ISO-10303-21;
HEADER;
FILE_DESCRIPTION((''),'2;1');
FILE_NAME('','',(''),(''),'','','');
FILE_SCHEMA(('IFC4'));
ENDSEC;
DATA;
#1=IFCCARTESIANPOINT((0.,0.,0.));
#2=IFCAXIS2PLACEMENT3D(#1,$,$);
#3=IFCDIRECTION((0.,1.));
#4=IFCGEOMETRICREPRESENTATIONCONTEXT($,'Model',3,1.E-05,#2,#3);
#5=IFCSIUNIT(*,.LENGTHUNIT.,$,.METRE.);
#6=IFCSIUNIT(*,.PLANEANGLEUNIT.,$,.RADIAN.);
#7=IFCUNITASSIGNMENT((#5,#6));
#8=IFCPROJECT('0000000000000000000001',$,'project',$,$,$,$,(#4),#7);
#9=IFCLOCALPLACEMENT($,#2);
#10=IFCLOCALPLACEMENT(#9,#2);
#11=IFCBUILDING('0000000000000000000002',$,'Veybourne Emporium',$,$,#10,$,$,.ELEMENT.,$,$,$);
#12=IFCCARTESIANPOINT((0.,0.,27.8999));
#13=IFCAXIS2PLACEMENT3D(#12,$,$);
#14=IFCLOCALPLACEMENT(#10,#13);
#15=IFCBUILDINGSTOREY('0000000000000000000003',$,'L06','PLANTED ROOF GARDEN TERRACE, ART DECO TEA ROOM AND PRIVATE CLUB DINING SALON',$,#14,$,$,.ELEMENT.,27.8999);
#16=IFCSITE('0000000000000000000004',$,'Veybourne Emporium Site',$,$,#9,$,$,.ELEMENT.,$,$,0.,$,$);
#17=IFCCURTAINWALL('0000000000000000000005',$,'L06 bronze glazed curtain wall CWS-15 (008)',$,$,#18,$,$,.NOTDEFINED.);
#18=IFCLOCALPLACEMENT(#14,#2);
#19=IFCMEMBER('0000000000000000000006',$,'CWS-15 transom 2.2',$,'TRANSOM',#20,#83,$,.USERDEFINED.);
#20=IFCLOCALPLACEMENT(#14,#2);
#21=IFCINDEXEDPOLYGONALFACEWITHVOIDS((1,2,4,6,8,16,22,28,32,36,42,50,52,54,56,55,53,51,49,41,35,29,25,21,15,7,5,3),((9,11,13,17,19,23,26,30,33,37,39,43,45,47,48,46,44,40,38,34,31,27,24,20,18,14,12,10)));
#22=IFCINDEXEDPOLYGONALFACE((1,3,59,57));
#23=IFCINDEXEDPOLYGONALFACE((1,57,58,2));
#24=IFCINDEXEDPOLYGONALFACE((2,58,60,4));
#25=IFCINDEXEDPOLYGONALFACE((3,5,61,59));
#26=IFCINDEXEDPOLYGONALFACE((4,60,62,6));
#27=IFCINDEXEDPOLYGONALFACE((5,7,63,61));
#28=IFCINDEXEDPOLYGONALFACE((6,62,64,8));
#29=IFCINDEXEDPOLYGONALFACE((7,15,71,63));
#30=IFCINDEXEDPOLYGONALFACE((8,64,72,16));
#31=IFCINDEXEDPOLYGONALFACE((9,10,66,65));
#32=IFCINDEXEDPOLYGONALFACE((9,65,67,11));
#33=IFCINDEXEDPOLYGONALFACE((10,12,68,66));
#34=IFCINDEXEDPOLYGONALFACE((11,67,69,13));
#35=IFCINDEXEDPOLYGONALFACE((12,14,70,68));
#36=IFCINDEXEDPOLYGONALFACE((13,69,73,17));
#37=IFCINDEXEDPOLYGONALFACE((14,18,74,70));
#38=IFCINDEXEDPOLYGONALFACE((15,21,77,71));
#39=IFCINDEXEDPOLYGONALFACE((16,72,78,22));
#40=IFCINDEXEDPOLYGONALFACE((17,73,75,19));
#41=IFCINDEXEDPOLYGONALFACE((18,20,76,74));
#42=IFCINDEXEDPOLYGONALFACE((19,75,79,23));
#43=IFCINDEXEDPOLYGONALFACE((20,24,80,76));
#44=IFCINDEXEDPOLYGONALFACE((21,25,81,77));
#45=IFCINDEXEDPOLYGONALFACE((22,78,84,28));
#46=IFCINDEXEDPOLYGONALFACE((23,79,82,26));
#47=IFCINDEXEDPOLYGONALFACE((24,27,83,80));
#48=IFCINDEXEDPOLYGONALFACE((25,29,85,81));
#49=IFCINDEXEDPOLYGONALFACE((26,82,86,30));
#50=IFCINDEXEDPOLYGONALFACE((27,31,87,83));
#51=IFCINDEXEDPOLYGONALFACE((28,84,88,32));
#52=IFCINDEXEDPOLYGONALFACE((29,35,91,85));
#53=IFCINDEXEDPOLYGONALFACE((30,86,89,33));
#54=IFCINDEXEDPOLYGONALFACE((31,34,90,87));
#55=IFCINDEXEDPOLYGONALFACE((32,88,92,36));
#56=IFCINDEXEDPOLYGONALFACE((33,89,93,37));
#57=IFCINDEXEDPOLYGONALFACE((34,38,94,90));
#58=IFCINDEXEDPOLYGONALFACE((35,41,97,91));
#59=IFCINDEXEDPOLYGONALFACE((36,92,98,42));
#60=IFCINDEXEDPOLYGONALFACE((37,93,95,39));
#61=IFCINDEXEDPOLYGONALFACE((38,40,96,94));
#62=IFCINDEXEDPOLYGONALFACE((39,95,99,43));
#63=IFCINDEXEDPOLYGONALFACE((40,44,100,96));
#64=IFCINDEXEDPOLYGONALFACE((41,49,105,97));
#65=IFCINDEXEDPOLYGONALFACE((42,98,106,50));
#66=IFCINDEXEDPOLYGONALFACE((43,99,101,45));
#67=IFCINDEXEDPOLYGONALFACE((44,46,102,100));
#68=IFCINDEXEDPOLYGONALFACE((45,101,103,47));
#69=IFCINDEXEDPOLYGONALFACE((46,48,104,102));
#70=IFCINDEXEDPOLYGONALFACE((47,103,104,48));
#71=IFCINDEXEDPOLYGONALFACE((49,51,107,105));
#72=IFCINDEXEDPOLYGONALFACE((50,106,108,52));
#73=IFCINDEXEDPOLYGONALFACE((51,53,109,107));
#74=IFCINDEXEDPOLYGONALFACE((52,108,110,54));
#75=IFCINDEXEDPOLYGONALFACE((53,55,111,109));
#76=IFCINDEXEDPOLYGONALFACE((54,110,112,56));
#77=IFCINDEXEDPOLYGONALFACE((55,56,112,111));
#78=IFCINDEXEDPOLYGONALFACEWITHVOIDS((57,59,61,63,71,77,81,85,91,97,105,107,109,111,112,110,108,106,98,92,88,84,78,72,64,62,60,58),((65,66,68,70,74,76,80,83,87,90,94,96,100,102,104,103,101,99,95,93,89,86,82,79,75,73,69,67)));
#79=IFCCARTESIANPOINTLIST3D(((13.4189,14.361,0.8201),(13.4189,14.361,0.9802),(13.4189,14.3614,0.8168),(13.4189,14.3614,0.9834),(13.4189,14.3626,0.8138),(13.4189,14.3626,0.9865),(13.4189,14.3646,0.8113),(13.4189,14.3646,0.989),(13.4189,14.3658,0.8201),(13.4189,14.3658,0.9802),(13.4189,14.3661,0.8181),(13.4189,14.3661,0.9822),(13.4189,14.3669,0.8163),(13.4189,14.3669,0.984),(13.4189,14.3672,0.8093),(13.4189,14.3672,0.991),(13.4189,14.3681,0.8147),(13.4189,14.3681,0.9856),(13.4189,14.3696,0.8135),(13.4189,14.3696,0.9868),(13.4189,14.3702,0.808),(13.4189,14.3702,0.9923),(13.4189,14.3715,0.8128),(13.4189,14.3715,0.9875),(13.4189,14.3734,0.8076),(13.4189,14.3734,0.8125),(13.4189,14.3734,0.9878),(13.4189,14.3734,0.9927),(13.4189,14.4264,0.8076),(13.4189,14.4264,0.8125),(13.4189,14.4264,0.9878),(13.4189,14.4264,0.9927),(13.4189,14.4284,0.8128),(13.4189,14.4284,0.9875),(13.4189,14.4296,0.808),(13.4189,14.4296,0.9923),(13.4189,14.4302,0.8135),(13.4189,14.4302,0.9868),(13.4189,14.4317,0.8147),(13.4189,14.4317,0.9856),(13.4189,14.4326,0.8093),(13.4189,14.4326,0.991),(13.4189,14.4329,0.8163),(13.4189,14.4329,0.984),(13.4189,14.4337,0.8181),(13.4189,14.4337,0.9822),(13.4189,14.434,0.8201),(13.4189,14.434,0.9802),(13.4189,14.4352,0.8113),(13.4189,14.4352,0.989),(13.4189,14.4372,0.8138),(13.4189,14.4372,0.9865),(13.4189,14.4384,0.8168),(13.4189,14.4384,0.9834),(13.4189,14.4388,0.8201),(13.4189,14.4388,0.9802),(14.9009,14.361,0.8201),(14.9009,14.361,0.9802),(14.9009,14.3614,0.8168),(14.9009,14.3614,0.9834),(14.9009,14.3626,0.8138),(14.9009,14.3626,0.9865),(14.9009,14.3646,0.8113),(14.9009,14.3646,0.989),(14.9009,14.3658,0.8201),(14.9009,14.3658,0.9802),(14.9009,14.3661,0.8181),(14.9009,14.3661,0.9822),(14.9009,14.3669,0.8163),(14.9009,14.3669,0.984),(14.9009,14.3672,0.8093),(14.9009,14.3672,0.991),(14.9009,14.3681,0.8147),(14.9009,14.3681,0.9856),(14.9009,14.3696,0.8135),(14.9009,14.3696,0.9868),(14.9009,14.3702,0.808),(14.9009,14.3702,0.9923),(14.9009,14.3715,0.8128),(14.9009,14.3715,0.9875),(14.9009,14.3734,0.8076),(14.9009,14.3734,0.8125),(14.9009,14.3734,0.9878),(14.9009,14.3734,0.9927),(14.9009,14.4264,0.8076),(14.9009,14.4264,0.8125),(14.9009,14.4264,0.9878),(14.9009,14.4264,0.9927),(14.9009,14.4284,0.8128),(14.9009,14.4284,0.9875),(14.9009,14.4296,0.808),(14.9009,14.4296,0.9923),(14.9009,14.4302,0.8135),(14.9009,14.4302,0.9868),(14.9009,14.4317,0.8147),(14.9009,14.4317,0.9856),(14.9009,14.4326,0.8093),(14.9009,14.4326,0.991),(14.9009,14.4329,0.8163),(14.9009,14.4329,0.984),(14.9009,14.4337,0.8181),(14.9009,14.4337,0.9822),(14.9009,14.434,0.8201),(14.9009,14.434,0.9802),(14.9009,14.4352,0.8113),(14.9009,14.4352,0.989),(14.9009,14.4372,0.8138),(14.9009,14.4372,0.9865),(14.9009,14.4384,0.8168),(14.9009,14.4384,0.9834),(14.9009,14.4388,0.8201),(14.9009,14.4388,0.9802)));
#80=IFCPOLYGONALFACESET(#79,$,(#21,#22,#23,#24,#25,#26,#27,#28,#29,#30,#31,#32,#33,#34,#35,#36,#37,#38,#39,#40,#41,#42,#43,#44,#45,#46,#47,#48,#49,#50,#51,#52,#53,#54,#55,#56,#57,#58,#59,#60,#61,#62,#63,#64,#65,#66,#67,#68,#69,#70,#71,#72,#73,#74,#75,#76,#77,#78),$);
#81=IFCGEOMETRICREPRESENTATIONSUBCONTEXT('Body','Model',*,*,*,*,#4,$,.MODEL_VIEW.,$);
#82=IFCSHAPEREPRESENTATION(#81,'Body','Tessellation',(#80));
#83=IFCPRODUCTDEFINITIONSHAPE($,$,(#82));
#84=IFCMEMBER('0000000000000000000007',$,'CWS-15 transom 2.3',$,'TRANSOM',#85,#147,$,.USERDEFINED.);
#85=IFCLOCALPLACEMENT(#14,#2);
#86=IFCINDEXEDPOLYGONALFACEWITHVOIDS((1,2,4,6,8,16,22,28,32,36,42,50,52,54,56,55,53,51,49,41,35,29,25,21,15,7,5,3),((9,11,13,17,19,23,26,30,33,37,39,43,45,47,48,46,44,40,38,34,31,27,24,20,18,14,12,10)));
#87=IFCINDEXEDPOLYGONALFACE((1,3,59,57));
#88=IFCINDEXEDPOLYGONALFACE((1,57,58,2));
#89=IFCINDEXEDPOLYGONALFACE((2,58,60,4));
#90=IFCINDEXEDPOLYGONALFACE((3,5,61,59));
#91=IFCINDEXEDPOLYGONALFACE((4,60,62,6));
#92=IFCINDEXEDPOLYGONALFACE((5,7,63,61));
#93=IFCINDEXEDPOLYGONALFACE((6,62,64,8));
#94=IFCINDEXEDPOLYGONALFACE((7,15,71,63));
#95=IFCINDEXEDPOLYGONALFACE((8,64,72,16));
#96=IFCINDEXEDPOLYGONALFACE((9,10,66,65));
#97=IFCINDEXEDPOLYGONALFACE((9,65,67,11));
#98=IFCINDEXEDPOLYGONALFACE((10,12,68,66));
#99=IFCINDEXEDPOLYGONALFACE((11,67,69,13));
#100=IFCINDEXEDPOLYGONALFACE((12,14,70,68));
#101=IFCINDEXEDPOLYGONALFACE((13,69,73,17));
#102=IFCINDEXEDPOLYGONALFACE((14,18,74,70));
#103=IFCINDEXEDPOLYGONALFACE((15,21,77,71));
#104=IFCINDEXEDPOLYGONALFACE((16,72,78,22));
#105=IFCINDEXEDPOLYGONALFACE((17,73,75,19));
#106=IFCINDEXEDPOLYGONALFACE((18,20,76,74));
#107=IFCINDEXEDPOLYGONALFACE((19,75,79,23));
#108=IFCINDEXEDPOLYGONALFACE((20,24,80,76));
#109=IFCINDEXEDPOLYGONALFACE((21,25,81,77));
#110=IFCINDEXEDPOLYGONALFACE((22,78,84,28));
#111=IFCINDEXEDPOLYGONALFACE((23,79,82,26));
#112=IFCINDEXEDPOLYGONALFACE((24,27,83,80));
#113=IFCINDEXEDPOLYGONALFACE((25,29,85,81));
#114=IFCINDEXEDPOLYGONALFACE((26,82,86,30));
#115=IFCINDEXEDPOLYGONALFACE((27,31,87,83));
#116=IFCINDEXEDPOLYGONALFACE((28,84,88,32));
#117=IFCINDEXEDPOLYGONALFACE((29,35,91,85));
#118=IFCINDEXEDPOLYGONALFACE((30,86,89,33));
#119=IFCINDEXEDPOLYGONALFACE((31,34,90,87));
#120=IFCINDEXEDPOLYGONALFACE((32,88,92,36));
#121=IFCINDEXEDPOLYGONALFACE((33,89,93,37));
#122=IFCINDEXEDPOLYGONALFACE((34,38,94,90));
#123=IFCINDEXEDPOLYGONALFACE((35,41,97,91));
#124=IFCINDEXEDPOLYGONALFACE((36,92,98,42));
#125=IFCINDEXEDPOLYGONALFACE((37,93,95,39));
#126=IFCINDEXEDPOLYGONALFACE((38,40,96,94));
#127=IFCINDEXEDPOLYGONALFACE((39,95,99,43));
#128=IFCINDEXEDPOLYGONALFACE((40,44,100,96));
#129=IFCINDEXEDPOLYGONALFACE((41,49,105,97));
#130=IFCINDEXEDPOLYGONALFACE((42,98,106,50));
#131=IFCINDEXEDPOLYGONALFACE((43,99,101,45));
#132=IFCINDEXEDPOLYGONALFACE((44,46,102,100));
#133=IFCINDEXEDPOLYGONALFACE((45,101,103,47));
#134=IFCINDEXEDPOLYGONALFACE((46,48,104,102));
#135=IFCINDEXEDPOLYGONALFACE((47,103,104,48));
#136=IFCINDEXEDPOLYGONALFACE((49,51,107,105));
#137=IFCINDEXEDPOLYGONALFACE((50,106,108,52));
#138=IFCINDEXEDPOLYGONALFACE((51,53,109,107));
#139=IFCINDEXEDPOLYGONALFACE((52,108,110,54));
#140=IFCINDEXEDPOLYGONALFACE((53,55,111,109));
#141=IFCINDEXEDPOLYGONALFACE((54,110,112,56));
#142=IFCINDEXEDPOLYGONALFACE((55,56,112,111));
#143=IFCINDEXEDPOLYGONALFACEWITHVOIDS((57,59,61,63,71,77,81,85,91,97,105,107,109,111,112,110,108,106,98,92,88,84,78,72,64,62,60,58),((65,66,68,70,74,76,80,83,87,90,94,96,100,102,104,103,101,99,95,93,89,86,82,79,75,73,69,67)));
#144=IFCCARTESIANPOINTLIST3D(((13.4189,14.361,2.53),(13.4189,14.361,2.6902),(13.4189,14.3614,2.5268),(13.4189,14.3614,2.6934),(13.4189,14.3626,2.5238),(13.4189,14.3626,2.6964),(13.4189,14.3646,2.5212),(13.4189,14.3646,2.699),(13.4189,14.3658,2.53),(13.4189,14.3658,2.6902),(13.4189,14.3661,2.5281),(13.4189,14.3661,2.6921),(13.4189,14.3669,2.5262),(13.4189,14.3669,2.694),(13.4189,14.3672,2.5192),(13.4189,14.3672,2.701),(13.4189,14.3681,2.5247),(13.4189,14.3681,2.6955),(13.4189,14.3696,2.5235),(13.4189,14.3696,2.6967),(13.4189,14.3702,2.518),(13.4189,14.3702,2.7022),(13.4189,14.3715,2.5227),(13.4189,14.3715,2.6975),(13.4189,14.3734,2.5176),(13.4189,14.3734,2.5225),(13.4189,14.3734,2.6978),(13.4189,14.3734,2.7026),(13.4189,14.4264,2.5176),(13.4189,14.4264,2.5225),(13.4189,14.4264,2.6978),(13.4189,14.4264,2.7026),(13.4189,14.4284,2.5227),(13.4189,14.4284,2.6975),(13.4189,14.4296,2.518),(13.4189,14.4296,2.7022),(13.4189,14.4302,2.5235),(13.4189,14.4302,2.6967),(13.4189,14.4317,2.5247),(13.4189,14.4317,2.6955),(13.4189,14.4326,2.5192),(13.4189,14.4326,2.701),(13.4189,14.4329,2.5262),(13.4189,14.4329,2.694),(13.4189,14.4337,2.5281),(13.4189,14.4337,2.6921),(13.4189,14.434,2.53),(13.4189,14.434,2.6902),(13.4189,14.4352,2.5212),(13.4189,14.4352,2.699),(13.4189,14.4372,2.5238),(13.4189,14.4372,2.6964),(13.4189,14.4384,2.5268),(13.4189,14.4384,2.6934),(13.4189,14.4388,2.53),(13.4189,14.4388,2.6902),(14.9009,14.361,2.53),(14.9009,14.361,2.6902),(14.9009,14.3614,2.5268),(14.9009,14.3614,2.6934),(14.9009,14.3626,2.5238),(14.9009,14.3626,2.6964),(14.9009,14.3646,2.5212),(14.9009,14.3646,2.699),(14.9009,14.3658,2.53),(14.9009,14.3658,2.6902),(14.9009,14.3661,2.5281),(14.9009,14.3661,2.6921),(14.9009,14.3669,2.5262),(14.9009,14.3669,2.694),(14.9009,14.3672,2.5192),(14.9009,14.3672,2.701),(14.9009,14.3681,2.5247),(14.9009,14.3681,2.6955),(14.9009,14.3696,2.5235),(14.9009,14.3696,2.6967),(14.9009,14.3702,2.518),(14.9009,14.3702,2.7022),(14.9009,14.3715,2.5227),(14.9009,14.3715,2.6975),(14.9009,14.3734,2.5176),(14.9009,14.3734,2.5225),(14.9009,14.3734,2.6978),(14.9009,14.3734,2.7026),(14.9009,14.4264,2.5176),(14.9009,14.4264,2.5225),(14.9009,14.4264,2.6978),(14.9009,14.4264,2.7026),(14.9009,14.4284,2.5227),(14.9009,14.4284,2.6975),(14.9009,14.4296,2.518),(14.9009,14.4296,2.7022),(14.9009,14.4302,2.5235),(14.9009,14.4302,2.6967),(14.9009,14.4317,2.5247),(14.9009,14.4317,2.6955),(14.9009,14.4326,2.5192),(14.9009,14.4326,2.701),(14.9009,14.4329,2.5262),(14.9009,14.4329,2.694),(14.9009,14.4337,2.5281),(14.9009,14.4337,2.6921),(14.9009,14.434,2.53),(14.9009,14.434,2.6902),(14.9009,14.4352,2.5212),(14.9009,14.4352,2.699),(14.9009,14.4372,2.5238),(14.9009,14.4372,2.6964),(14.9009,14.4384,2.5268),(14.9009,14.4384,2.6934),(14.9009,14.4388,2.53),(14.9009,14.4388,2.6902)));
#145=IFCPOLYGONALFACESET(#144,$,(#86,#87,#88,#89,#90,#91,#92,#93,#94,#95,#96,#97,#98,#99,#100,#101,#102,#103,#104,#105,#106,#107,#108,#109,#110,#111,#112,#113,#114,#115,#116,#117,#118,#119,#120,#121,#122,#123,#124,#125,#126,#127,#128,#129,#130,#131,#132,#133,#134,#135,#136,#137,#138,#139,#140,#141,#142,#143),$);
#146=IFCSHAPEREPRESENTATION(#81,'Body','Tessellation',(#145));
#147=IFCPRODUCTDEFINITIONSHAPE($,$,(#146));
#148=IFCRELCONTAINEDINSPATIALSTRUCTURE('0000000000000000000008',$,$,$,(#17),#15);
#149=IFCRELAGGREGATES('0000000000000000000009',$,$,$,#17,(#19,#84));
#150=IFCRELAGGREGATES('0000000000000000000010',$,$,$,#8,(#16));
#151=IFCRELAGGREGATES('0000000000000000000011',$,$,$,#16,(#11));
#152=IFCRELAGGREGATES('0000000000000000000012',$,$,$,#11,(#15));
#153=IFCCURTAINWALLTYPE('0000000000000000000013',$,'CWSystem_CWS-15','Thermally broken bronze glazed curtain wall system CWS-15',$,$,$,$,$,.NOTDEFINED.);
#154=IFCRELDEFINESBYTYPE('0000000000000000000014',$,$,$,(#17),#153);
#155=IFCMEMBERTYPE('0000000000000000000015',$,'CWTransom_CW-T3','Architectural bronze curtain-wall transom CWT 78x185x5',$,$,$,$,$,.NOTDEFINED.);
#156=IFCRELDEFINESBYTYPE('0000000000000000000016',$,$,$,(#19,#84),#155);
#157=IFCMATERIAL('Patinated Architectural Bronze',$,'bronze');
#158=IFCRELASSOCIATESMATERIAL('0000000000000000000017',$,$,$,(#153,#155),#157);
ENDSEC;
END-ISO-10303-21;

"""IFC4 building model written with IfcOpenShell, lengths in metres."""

from ifc_helpers import new_model, si_unit, direction, frame, origin, origin_2d, place, context, subcontext, project, spatial, hollow_rectangle, extrude, material, material_profile, profile_set, type_object, element, aggregate, save


model = new_model("IFC4")

# Units and contexts
model_context = context("Model", 3, precision=1e-05, world=origin(), true_north=direction((0.0, 1.0)))
body_context = subcontext(model_context, "Body", "Model", "MODEL_VIEW")
ifc_project = project(units=[si_unit("LENGTHUNIT", "METRE"), si_unit("PLANEANGLEUNIT", "RADIAN")], contexts=[model_context])

# Site, building, storey
site_placement = place(None, origin())
site = spatial("IfcSite", under=ifc_project, at=site_placement, Name="Veybourne Emporium Site", CompositionType="ELEMENT", RefElevation=0.0)
building_placement = place(site_placement, origin())
building = spatial("IfcBuilding", under=site, at=building_placement, Name="Veybourne Emporium", CompositionType="ELEMENT")
storey_placement = place(building_placement, frame((0.0, 0.0, 27.8999)))
storey = spatial("IfcBuildingStorey", under=building, at=storey_placement, Name="L06", Description="PLANTED ROOF GARDEN TERRACE, ART DECO TEA ROOM AND PRIVATE CLUB DINING SALON", CompositionType="ELEMENT", Elevation=27.8999)

# Curtain wall, members
ifc_material_1 = material(Name="Patinated Architectural Bronze", Category="bronze")
curtain_wall_type = type_object("IfcCurtainWallType", Name="CWSystem_CWS-15", Description="Thermally broken bronze glazed curtain wall system CWS-15", PredefinedType="NOTDEFINED", material=ifc_material_1)
curtain_wall_placement = place(storey_placement, origin())
curtain_wall = element("IfcCurtainWall", 1, at=curtain_wall_placement, inside=storey, type_object=curtain_wall_type, Name="L06 bronze glazed curtain wall CWS-15 (008)", PredefinedType="NOTDEFINED")
ifc_material_profile_1 = material_profile(ifc_material_1, hollow_rectangle(XDim=0.0779, YDim=0.1851, WallThickness=0.0049, InnerFilletRadius=0.0076, OuterFilletRadius=0.0125, at=origin_2d()), Name="CWT 78x185x5")
ifc_profile_set_1 = profile_set([ifc_material_profile_1], Name="Patinated Architectural Bronze")
member_type_1 = type_object("IfcMemberType", Name="CWTransom_CW-T3", Description="Architectural bronze curtain-wall transom CWT 78x185x5", PredefinedType="NOTDEFINED", material=ifc_profile_set_1)
member_1_placement = place(storey_placement, frame((14.9009, 14.3999, 0.9001), z_axis=(-1.0, 0.0, 0.0), x_axis=(0.0, -1.0, 0.0)))
member_1 = element("IfcMember", 2, at=member_1_placement, type_object=member_type_1, Name="CWS-15 transom 2.2", ObjectType="TRANSOM", PredefinedType="USERDEFINED", context=body_context, shape_type="SweptSolid", body=[
    extrude(hollow_rectangle(XDim=0.0779, YDim=0.1851, WallThickness=0.0049, InnerFilletRadius=0.0076, OuterFilletRadius=0.0125, at=origin_2d()), origin(), (0.0, 0.0, 1.0), 1.4819),
])
member_2_placement = place(storey_placement, frame((14.9009, 14.3999, 2.6101), z_axis=(-1.0, 0.0, 0.0), x_axis=(0.0, -1.0, 0.0)))
member_2 = element("IfcMember", 3, at=member_2_placement, type_object=member_type_1, Name="CWS-15 transom 2.3", ObjectType="TRANSOM", PredefinedType="USERDEFINED", context=body_context, shape_type="SweptSolid", body=[
    extrude(hollow_rectangle(XDim=0.0779, YDim=0.1851, WallThickness=0.0049, InnerFilletRadius=0.0076, OuterFilletRadius=0.0125, at=origin_2d()), origin(), (0.0, 0.0, 1.0), 1.4819),
])
aggregate(curtain_wall, [member_1, member_2])

save(model, "model.ifc")
